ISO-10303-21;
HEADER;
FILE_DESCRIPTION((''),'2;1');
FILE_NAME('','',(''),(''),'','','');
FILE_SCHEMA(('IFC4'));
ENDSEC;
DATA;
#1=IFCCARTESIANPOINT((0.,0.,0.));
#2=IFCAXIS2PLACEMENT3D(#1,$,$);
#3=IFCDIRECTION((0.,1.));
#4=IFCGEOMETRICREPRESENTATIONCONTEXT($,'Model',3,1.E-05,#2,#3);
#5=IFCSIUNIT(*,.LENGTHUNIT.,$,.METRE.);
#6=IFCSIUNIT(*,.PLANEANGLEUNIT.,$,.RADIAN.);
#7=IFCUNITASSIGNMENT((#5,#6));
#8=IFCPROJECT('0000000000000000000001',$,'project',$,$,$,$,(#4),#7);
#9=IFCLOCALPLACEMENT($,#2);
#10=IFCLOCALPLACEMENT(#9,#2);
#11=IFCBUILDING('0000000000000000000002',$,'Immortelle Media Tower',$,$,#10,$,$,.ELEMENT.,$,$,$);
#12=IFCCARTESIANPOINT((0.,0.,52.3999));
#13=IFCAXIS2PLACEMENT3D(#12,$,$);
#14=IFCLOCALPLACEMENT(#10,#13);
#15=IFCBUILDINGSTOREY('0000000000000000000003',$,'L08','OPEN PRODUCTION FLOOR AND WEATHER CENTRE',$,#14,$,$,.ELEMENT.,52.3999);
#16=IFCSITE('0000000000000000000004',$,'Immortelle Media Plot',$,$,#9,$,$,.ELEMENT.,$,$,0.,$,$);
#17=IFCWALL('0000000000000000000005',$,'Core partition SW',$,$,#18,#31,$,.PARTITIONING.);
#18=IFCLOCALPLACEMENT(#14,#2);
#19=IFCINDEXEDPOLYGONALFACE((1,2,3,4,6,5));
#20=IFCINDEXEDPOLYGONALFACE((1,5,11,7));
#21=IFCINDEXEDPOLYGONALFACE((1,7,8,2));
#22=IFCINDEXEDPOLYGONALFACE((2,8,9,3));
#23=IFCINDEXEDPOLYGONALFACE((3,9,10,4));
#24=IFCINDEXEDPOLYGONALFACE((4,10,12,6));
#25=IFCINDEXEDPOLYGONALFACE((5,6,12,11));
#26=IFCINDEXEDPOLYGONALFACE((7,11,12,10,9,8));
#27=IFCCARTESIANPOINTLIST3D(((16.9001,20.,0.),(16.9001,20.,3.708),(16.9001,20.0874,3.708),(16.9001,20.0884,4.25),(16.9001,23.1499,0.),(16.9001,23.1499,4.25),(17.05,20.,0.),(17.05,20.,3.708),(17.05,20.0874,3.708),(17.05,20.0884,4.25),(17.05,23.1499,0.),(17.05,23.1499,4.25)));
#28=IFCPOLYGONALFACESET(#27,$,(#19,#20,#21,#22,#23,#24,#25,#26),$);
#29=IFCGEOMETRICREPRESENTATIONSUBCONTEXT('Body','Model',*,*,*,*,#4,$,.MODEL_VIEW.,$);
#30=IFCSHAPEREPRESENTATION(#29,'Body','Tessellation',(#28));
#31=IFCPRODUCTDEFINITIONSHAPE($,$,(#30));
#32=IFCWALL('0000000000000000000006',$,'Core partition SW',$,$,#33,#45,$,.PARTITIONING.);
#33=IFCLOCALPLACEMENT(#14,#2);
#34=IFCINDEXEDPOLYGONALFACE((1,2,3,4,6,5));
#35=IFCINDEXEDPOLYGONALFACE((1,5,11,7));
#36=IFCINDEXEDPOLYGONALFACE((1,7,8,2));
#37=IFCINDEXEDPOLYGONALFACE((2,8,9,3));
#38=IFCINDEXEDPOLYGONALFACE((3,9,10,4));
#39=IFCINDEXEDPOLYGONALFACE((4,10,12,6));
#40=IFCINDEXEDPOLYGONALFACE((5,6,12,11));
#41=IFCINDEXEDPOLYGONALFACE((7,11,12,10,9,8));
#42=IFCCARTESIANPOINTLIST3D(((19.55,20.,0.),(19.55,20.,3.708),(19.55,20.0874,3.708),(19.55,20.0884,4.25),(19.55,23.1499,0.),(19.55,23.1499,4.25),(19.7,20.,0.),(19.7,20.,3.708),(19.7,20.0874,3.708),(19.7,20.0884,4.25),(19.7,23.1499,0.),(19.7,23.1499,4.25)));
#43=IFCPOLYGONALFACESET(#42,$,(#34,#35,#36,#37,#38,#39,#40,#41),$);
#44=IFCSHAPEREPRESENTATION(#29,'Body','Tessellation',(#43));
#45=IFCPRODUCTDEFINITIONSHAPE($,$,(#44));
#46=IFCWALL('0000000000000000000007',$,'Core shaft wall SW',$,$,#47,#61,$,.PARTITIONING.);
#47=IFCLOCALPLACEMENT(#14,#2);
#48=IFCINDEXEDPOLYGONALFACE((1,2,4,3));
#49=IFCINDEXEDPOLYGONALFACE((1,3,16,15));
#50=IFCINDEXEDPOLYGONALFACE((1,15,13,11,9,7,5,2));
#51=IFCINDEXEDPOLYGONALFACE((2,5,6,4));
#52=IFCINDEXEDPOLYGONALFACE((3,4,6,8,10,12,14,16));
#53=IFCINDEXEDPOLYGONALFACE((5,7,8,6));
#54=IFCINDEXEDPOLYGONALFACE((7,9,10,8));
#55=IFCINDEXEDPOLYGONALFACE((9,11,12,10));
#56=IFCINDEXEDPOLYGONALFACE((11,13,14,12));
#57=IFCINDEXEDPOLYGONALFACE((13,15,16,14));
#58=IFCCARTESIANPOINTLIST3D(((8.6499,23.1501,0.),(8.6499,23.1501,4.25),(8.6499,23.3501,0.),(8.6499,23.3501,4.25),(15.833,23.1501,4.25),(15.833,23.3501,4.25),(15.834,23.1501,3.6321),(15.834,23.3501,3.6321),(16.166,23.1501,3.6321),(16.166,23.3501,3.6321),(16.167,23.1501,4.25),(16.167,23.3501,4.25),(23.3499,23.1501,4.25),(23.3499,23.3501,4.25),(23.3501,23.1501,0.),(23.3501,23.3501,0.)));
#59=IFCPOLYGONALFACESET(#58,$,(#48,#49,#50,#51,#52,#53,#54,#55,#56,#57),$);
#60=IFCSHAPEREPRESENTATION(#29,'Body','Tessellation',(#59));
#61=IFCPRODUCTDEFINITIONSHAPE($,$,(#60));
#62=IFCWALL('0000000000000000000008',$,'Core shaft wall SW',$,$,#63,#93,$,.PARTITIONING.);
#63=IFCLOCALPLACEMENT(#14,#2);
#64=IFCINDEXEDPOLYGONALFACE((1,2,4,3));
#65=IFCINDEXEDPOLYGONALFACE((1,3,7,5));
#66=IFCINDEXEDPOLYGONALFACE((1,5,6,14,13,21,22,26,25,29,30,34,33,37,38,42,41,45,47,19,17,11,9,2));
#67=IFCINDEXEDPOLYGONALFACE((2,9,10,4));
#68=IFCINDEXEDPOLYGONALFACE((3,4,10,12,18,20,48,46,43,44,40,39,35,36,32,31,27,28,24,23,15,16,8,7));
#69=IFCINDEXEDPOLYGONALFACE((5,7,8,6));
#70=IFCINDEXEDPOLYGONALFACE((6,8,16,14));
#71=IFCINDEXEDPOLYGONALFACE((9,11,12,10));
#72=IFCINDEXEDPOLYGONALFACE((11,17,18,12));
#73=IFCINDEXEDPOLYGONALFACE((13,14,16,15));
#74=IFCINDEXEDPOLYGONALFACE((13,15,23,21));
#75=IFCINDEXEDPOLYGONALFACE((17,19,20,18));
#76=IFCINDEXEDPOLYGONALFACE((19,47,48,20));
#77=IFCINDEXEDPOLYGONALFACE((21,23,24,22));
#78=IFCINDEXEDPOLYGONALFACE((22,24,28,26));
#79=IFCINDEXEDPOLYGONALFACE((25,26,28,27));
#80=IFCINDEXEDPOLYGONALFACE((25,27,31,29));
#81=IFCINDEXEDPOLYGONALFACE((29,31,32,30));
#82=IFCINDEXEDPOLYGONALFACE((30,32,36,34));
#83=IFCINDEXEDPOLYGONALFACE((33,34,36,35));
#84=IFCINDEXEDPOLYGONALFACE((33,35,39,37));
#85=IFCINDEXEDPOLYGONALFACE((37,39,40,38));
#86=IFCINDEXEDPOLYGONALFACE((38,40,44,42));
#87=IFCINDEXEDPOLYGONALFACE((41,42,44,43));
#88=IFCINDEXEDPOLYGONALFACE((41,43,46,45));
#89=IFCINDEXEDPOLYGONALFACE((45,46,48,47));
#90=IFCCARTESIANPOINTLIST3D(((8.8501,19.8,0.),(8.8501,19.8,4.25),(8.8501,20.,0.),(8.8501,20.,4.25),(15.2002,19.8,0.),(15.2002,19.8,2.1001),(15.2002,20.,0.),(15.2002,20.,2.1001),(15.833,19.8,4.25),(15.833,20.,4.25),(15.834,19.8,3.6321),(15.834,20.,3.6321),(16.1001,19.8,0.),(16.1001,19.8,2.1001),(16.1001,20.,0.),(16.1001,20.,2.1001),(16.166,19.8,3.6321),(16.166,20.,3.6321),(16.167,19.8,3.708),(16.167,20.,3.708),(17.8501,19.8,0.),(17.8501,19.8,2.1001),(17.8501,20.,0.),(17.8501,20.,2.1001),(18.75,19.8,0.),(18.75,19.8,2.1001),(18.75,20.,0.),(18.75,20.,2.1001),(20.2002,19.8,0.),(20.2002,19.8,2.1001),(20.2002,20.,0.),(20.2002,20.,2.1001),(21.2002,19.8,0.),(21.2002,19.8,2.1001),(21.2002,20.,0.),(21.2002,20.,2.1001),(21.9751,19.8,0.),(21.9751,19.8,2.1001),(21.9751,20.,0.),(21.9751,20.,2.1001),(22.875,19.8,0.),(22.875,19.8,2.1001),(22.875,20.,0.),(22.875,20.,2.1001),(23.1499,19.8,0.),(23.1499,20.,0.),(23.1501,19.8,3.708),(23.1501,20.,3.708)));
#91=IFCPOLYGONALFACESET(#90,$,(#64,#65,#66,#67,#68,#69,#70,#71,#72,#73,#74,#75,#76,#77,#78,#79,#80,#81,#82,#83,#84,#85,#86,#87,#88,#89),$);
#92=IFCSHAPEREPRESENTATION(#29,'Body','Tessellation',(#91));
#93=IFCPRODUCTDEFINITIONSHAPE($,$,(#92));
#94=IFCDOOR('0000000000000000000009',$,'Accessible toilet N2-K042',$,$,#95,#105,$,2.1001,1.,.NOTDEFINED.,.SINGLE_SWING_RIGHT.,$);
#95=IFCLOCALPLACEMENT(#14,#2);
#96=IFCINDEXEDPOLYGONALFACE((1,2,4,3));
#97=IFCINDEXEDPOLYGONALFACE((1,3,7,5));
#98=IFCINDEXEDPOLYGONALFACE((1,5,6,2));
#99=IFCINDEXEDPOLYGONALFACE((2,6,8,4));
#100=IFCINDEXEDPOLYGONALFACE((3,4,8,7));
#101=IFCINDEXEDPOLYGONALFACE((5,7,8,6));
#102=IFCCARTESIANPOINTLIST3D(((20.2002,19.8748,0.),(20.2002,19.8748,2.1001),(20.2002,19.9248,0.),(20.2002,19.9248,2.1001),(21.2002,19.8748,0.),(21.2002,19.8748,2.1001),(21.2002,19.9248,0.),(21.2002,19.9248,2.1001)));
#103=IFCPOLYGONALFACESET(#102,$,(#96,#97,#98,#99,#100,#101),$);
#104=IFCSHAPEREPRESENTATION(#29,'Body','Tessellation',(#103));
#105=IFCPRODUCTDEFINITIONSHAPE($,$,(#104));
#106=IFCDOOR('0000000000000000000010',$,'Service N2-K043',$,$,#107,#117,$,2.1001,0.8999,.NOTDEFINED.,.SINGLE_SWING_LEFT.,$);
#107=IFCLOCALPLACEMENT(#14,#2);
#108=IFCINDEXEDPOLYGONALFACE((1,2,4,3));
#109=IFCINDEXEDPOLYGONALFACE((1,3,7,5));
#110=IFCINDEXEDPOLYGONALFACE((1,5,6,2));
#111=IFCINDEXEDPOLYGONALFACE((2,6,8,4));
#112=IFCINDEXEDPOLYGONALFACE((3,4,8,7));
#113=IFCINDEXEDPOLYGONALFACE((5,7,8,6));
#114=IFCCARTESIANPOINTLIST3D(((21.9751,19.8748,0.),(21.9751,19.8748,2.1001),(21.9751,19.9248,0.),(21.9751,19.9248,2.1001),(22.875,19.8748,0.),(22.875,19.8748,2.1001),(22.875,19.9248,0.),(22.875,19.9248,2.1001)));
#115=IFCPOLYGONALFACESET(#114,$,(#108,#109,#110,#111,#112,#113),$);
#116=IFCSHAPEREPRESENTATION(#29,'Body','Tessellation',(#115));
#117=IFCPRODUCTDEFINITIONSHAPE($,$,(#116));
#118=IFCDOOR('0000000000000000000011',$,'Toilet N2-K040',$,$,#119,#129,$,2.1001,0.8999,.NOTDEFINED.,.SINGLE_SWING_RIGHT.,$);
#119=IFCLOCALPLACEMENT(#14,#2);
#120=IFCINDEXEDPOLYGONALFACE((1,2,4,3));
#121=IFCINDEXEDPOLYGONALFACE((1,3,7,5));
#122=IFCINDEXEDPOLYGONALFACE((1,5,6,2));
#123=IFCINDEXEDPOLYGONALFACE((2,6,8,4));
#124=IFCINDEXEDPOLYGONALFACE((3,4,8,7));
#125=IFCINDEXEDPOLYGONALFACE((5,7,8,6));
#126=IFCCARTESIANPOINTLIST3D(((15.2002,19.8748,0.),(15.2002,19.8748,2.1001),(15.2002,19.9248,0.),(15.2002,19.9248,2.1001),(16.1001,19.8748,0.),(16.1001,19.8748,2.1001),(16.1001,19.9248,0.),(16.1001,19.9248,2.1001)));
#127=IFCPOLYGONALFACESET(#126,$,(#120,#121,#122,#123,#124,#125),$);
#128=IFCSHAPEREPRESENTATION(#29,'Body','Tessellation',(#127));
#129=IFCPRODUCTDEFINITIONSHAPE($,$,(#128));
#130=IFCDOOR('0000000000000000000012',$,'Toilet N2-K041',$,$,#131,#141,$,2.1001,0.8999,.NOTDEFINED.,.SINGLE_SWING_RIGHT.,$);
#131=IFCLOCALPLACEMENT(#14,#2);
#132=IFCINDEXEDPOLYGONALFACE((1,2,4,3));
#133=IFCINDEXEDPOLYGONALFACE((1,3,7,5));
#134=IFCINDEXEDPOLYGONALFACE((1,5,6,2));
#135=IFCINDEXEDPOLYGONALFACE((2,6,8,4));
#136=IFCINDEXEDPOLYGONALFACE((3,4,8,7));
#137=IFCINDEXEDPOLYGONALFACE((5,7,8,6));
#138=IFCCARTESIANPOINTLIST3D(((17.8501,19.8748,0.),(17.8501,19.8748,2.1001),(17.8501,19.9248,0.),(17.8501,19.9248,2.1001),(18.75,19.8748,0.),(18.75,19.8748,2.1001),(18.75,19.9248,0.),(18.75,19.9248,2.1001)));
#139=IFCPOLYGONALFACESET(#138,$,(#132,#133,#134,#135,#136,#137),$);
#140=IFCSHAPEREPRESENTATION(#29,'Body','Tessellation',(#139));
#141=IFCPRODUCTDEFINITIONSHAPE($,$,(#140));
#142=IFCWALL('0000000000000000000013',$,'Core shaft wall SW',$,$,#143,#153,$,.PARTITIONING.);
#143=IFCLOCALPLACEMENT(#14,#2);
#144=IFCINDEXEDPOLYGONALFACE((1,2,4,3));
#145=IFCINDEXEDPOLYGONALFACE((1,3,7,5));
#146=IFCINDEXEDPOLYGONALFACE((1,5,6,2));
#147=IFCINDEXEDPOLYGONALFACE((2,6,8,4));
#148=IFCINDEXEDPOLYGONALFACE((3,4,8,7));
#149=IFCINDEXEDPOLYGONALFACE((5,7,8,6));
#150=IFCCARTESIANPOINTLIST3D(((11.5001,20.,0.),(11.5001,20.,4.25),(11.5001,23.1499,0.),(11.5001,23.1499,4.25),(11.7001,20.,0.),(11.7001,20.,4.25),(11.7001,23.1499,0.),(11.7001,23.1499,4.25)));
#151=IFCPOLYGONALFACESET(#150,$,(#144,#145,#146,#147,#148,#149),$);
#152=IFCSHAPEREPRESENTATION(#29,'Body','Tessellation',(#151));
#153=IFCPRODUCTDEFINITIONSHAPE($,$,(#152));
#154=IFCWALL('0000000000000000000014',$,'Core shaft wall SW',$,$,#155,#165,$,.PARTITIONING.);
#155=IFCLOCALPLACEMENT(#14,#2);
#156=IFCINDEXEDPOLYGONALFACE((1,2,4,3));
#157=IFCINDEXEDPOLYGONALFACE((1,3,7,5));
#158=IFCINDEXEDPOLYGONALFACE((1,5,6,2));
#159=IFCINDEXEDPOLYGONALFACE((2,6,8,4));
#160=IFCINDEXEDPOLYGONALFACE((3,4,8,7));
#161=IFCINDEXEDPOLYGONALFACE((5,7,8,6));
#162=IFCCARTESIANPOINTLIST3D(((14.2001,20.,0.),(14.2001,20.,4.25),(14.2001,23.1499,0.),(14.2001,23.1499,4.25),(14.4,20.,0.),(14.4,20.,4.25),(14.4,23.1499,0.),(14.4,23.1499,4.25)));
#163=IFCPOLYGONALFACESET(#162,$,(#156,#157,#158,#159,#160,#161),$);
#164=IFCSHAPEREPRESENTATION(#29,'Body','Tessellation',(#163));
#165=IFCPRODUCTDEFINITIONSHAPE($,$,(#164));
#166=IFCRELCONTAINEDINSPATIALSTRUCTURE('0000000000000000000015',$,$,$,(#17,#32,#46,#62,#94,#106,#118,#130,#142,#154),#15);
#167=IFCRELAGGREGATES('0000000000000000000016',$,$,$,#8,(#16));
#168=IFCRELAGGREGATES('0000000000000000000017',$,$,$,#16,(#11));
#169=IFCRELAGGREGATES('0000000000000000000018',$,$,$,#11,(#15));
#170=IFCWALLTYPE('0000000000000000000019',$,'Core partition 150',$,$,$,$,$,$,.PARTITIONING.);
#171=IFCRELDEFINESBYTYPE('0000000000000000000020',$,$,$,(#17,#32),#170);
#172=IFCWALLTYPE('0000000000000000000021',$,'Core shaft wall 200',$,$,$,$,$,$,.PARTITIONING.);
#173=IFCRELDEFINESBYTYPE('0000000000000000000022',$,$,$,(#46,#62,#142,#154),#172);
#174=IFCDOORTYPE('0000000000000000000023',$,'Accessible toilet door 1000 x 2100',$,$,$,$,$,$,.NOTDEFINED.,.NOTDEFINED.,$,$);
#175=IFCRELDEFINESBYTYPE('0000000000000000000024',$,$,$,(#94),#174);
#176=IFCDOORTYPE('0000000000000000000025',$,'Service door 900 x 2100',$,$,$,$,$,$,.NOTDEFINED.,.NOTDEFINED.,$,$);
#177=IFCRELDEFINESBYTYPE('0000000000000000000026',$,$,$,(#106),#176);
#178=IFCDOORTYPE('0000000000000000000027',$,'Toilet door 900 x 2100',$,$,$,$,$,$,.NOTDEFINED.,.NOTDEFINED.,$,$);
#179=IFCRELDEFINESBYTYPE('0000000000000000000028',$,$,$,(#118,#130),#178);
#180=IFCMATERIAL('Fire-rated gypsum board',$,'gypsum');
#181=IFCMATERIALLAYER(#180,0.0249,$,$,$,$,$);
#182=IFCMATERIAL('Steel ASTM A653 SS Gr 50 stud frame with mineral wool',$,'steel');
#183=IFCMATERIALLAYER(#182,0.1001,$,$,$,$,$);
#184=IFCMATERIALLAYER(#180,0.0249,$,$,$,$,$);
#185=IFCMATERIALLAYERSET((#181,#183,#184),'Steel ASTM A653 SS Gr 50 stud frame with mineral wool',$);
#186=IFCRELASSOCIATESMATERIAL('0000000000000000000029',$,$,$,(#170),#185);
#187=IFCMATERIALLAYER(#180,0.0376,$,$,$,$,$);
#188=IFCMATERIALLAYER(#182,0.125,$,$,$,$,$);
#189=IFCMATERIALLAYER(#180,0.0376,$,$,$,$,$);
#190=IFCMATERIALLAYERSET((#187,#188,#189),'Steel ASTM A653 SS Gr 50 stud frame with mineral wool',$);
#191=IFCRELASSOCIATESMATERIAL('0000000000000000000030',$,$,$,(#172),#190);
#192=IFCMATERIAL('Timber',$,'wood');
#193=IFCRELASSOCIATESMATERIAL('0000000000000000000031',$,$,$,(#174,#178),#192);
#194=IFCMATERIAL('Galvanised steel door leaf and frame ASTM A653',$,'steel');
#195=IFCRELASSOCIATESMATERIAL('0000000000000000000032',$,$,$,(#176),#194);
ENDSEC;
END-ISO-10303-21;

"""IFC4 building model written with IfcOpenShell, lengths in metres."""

from ifc_helpers import new_model, si_unit, direction, frame, frame_2d, origin, place, context, subcontext, project, spatial, polyline, rectangle, outline, extrude, material, layer, layer_set, type_object, element, fill, save


model = new_model("IFC4")

# Units and contexts
model_context = context("Model", 3, precision=1e-05, world=origin(), true_north=direction((0.0, 1.0)))
body_context = subcontext(model_context, "Body", "Model", "MODEL_VIEW")
ifc_project = project(units=[si_unit("LENGTHUNIT", "METRE"), si_unit("PLANEANGLEUNIT", "RADIAN")], contexts=[model_context])

# Site, building, storey
site_placement = place(None, origin())
site = spatial("IfcSite", under=ifc_project, at=site_placement, Name="Immortelle Media Plot", CompositionType="ELEMENT", RefElevation=0.0)
building_placement = place(site_placement, origin())
building = spatial("IfcBuilding", under=site, at=building_placement, Name="Immortelle Media Tower", CompositionType="ELEMENT")
storey_placement = place(building_placement, frame((0.0, 0.0, 52.3999)))
storey = spatial("IfcBuildingStorey", under=building, at=storey_placement, Name="L08", Description="OPEN PRODUCTION FLOOR AND WEATHER CENTRE", CompositionType="ELEMENT", Elevation=52.3999)

# Shared definitions
ifc_material_1 = material(Name="Galvanised steel door leaf and frame ASTM A653", Category="steel")

# Walls
ifc_material_2 = material(Name="Fire-rated gypsum board", Category="gypsum")
ifc_layer_1 = layer(ifc_material_2, 0.0249)
ifc_material_3 = material(Name="Steel ASTM A653 SS Gr 50 stud frame with mineral wool", Category="steel")
ifc_layer_2 = layer(ifc_material_3, 0.1001)
ifc_layer_3 = layer(ifc_material_2, 0.0249)
ifc_layer_set_1 = layer_set([ifc_layer_1, ifc_layer_2, ifc_layer_3], Name="Steel ASTM A653 SS Gr 50 stud frame with mineral wool")
wall_type_1 = type_object("IfcWallType", Name="Core partition 150", PredefinedType="PARTITIONING", material=ifc_layer_set_1)
for number, where, z_axis, x_axis, name in (
    (1, (16.9751, 20.0, 0.0), (0.0, 0.0, 1.0), (0.0, 1.0, 0.0), "Core partition SW"),
    (2, (19.625, 20.0, 0.0), (0.0, 0.0, 1.0), (0.0, 1.0, 0.0), "Core partition SW"),
):
    element("IfcWall", number, at=place(storey_placement, frame(where, z_axis=z_axis, x_axis=x_axis)), inside=storey, type_object=wall_type_1, Name=name, PredefinedType="PARTITIONING", context=body_context, shape_type="SweptSolid", body=[
        extrude(outline(polyline([(0.0, 0.0), (3.1499, 0.0), (3.1499, 4.25), (0.0884, 4.25), (0.0874, 3.708), (0.0, 3.708), (0.0, 0.0)])), frame((0.0, 0.075, 0.0), z_axis=(0.0, -1.0, 0.0), x_axis=(1.0, 0.0, 0.0)), (0.0, 0.0, 1.0), 0.1499),
    ])
ifc_layer_4 = layer(ifc_material_2, 0.0376)
ifc_layer_5 = layer(ifc_material_3, 0.125)
ifc_layer_6 = layer(ifc_material_2, 0.0376)
ifc_layer_set_2 = layer_set([ifc_layer_4, ifc_layer_5, ifc_layer_6], Name="Steel ASTM A653 SS Gr 50 stud frame with mineral wool")
wall_type_2 = type_object("IfcWallType", Name="Core shaft wall 200", PredefinedType="PARTITIONING", material=ifc_layer_set_2)
wall_1_placement = place(storey_placement, frame((8.6499, 23.25, 0.0), z_axis=(0.0, 0.0, 1.0), x_axis=(1.0, 0.0, 0.0)))
element("IfcWall", 3, at=wall_1_placement, inside=storey, type_object=wall_type_2, Name="Core shaft wall SW", PredefinedType="PARTITIONING", context=body_context, shape_type="SweptSolid", body=[
    extrude(outline(polyline([(0.0, 0.0), (14.7002, 0.0), (14.7, 4.25), (7.5171, 4.25), (7.5161, 3.6321), (7.1841, 3.6321), (7.1831, 4.25), (0.0, 4.25), (0.0, 0.0)])), frame((0.0, 0.1001, 0.0), z_axis=(0.0, -1.0, 0.0), x_axis=(1.0, 0.0, 0.0)), (0.0, 0.0, 1.0), 0.2),
])

# Wall, openings, doors
wall_2_placement = place(storey_placement, frame((8.8501, 19.8999, 0.0), z_axis=(0.0, 0.0, 1.0), x_axis=(1.0, 0.0, 0.0)))
wall_2 = element("IfcWall", 4, at=wall_2_placement, inside=storey, type_object=wall_type_2, Name="Core shaft wall SW", PredefinedType="PARTITIONING", context=body_context, shape_type="SweptSolid", body=[
    extrude(outline(polyline([(0.0, 0.0), (14.2998, 0.0), (14.3, 3.708), (7.3169, 3.708), (7.3159, 3.6321), (6.9839, 3.6321), (6.9829, 4.25), (0.0, 4.25), (0.0, 0.0)])), frame((0.0, 0.1001, 0.0), z_axis=(0.0, -1.0, 0.0), x_axis=(1.0, 0.0, 0.0)), (0.0, 0.0, 1.0), 0.2),
])
opening_1_placement = place(wall_2_placement, frame((6.3501, 0.0, 0.0)))
opening_1 = element("IfcOpeningElement", 5, at=opening_1_placement, cuts=wall_2, PredefinedType="OPENING", context=body_context, shape_type="SweptSolid", body=[
    extrude(rectangle(XDim=0.8999, YDim=2.1001, at=frame_2d((0.45, 1.05))), frame((0.0, 0.1099, 0.0), z_axis=(0.0, -1.0, 0.0), x_axis=(1.0, 0.0, 0.0)), (0.0, 0.0, 1.0), 0.22),
])
opening_2_placement = place(wall_2_placement, frame((9.0, 0.0, 0.0)))
opening_2 = element("IfcOpeningElement", 6, at=opening_2_placement, cuts=wall_2, PredefinedType="OPENING", context=body_context, shape_type="SweptSolid", body=[
    extrude(rectangle(XDim=0.8999, YDim=2.1001, at=frame_2d((0.45, 1.05))), frame((0.0, 0.1099, 0.0), z_axis=(0.0, -1.0, 0.0), x_axis=(1.0, 0.0, 0.0)), (0.0, 0.0, 1.0), 0.22),
])
opening_3_placement = place(wall_2_placement, frame((11.3501, 0.0, 0.0)))
opening_3 = element("IfcOpeningElement", 7, at=opening_3_placement, cuts=wall_2, PredefinedType="OPENING", context=body_context, shape_type="SweptSolid", body=[
    extrude(rectangle(XDim=1.0, YDim=2.1001, at=frame_2d((0.5, 1.05))), frame((0.0, 0.1099, 0.0), z_axis=(0.0, -1.0, 0.0), x_axis=(1.0, 0.0, 0.0)), (0.0, 0.0, 1.0), 0.22),
])
opening_4_placement = place(wall_2_placement, frame((13.125, 0.0, 0.0)))
opening_4 = element("IfcOpeningElement", 8, at=opening_4_placement, cuts=wall_2, PredefinedType="OPENING", context=body_context, shape_type="SweptSolid", body=[
    extrude(rectangle(XDim=0.8999, YDim=2.1001, at=frame_2d((0.45, 1.05))), frame((0.0, 0.1099, 0.0), z_axis=(0.0, -1.0, 0.0), x_axis=(1.0, 0.0, 0.0)), (0.0, 0.0, 1.0), 0.22),
])
ifc_material_4 = material(Name="Timber", Category="wood")
door_type_1 = type_object("IfcDoorType", Name="Accessible toilet door 1000 x 2100", OperationType="NOTDEFINED", PredefinedType="NOTDEFINED", material=ifc_material_4)
door_1_placement = place(opening_3_placement, origin())
door_1 = element("IfcDoor", 9, at=door_1_placement, inside=storey, type_object=door_type_1, Name="Accessible toilet N2-K042", OperationType="SINGLE_SWING_RIGHT", OverallHeight=2.1001, OverallWidth=1.0, PredefinedType="NOTDEFINED", context=body_context, shape_type="SweptSolid", body=[
    extrude(rectangle(XDim=1.0, YDim=2.1001, at=frame_2d((0.5, 1.05))), frame((0.0, 0.0249, 0.0), z_axis=(0.0, -1.0, 0.0), x_axis=(1.0, 0.0, 0.0)), (0.0, 0.0, 1.0), 0.05),
])
fill(opening_3, door_1)
door_type_2 = type_object("IfcDoorType", Name="Service door 900 x 2100", OperationType="NOTDEFINED", PredefinedType="NOTDEFINED", material=ifc_material_1)
door_2_placement = place(opening_4_placement, origin())
door_2 = element("IfcDoor", 10, at=door_2_placement, inside=storey, type_object=door_type_2, Name="Service N2-K043", OperationType="SINGLE_SWING_LEFT", OverallHeight=2.1001, OverallWidth=0.8999, PredefinedType="NOTDEFINED", context=body_context, shape_type="SweptSolid", body=[
    extrude(rectangle(XDim=0.8999, YDim=2.1001, at=frame_2d((0.45, 1.05))), frame((0.0, 0.0249, 0.0), z_axis=(0.0, -1.0, 0.0), x_axis=(1.0, 0.0, 0.0)), (0.0, 0.0, 1.0), 0.05),
])
fill(opening_4, door_2)
door_type_3 = type_object("IfcDoorType", Name="Toilet door 900 x 2100", OperationType="NOTDEFINED", PredefinedType="NOTDEFINED", material=ifc_material_4)
door_3_placement = place(opening_1_placement, origin())
door_3 = element("IfcDoor", 11, at=door_3_placement, inside=storey, type_object=door_type_3, Name="Toilet N2-K040", OperationType="SINGLE_SWING_RIGHT", OverallHeight=2.1001, OverallWidth=0.8999, PredefinedType="NOTDEFINED", context=body_context, shape_type="SweptSolid", body=[
    extrude(rectangle(XDim=0.8999, YDim=2.1001, at=frame_2d((0.45, 1.05))), frame((0.0, 0.0249, 0.0), z_axis=(0.0, -1.0, 0.0), x_axis=(1.0, 0.0, 0.0)), (0.0, 0.0, 1.0), 0.05),
])
fill(opening_1, door_3)
door_4_placement = place(opening_2_placement, origin())
door_4 = element("IfcDoor", 12, at=door_4_placement, inside=storey, type_object=door_type_3, Name="Toilet N2-K041", OperationType="SINGLE_SWING_RIGHT", OverallHeight=2.1001, OverallWidth=0.8999, PredefinedType="NOTDEFINED", context=body_context, shape_type="SweptSolid", body=[
    extrude(rectangle(XDim=0.8999, YDim=2.1001, at=frame_2d((0.45, 1.05))), frame((0.0, 0.0249, 0.0), z_axis=(0.0, -1.0, 0.0), x_axis=(1.0, 0.0, 0.0)), (0.0, 0.0, 1.0), 0.05),
])
fill(opening_2, door_4)

# Walls
for number, where, z_axis, x_axis, name in (
    (13, (11.6001, 20.0, 0.0), (0.0, 0.0, 1.0), (0.0, 1.0, 0.0), "Core shaft wall SW"),
    (14, (14.3, 20.0, 0.0), (0.0, 0.0, 1.0), (0.0, 1.0, 0.0), "Core shaft wall SW"),
):
    element("IfcWall", number, at=place(storey_placement, frame(where, z_axis=z_axis, x_axis=x_axis)), inside=storey, type_object=wall_type_2, Name=name, PredefinedType="PARTITIONING", context=body_context, shape_type="SweptSolid", body=[
        extrude(rectangle(XDim=3.1499, YDim=0.2, at=frame_2d((1.575, 0.0))), origin(), (0.0, 0.0, 1.0), 4.25),
    ])

save(model, "model.ifc")
